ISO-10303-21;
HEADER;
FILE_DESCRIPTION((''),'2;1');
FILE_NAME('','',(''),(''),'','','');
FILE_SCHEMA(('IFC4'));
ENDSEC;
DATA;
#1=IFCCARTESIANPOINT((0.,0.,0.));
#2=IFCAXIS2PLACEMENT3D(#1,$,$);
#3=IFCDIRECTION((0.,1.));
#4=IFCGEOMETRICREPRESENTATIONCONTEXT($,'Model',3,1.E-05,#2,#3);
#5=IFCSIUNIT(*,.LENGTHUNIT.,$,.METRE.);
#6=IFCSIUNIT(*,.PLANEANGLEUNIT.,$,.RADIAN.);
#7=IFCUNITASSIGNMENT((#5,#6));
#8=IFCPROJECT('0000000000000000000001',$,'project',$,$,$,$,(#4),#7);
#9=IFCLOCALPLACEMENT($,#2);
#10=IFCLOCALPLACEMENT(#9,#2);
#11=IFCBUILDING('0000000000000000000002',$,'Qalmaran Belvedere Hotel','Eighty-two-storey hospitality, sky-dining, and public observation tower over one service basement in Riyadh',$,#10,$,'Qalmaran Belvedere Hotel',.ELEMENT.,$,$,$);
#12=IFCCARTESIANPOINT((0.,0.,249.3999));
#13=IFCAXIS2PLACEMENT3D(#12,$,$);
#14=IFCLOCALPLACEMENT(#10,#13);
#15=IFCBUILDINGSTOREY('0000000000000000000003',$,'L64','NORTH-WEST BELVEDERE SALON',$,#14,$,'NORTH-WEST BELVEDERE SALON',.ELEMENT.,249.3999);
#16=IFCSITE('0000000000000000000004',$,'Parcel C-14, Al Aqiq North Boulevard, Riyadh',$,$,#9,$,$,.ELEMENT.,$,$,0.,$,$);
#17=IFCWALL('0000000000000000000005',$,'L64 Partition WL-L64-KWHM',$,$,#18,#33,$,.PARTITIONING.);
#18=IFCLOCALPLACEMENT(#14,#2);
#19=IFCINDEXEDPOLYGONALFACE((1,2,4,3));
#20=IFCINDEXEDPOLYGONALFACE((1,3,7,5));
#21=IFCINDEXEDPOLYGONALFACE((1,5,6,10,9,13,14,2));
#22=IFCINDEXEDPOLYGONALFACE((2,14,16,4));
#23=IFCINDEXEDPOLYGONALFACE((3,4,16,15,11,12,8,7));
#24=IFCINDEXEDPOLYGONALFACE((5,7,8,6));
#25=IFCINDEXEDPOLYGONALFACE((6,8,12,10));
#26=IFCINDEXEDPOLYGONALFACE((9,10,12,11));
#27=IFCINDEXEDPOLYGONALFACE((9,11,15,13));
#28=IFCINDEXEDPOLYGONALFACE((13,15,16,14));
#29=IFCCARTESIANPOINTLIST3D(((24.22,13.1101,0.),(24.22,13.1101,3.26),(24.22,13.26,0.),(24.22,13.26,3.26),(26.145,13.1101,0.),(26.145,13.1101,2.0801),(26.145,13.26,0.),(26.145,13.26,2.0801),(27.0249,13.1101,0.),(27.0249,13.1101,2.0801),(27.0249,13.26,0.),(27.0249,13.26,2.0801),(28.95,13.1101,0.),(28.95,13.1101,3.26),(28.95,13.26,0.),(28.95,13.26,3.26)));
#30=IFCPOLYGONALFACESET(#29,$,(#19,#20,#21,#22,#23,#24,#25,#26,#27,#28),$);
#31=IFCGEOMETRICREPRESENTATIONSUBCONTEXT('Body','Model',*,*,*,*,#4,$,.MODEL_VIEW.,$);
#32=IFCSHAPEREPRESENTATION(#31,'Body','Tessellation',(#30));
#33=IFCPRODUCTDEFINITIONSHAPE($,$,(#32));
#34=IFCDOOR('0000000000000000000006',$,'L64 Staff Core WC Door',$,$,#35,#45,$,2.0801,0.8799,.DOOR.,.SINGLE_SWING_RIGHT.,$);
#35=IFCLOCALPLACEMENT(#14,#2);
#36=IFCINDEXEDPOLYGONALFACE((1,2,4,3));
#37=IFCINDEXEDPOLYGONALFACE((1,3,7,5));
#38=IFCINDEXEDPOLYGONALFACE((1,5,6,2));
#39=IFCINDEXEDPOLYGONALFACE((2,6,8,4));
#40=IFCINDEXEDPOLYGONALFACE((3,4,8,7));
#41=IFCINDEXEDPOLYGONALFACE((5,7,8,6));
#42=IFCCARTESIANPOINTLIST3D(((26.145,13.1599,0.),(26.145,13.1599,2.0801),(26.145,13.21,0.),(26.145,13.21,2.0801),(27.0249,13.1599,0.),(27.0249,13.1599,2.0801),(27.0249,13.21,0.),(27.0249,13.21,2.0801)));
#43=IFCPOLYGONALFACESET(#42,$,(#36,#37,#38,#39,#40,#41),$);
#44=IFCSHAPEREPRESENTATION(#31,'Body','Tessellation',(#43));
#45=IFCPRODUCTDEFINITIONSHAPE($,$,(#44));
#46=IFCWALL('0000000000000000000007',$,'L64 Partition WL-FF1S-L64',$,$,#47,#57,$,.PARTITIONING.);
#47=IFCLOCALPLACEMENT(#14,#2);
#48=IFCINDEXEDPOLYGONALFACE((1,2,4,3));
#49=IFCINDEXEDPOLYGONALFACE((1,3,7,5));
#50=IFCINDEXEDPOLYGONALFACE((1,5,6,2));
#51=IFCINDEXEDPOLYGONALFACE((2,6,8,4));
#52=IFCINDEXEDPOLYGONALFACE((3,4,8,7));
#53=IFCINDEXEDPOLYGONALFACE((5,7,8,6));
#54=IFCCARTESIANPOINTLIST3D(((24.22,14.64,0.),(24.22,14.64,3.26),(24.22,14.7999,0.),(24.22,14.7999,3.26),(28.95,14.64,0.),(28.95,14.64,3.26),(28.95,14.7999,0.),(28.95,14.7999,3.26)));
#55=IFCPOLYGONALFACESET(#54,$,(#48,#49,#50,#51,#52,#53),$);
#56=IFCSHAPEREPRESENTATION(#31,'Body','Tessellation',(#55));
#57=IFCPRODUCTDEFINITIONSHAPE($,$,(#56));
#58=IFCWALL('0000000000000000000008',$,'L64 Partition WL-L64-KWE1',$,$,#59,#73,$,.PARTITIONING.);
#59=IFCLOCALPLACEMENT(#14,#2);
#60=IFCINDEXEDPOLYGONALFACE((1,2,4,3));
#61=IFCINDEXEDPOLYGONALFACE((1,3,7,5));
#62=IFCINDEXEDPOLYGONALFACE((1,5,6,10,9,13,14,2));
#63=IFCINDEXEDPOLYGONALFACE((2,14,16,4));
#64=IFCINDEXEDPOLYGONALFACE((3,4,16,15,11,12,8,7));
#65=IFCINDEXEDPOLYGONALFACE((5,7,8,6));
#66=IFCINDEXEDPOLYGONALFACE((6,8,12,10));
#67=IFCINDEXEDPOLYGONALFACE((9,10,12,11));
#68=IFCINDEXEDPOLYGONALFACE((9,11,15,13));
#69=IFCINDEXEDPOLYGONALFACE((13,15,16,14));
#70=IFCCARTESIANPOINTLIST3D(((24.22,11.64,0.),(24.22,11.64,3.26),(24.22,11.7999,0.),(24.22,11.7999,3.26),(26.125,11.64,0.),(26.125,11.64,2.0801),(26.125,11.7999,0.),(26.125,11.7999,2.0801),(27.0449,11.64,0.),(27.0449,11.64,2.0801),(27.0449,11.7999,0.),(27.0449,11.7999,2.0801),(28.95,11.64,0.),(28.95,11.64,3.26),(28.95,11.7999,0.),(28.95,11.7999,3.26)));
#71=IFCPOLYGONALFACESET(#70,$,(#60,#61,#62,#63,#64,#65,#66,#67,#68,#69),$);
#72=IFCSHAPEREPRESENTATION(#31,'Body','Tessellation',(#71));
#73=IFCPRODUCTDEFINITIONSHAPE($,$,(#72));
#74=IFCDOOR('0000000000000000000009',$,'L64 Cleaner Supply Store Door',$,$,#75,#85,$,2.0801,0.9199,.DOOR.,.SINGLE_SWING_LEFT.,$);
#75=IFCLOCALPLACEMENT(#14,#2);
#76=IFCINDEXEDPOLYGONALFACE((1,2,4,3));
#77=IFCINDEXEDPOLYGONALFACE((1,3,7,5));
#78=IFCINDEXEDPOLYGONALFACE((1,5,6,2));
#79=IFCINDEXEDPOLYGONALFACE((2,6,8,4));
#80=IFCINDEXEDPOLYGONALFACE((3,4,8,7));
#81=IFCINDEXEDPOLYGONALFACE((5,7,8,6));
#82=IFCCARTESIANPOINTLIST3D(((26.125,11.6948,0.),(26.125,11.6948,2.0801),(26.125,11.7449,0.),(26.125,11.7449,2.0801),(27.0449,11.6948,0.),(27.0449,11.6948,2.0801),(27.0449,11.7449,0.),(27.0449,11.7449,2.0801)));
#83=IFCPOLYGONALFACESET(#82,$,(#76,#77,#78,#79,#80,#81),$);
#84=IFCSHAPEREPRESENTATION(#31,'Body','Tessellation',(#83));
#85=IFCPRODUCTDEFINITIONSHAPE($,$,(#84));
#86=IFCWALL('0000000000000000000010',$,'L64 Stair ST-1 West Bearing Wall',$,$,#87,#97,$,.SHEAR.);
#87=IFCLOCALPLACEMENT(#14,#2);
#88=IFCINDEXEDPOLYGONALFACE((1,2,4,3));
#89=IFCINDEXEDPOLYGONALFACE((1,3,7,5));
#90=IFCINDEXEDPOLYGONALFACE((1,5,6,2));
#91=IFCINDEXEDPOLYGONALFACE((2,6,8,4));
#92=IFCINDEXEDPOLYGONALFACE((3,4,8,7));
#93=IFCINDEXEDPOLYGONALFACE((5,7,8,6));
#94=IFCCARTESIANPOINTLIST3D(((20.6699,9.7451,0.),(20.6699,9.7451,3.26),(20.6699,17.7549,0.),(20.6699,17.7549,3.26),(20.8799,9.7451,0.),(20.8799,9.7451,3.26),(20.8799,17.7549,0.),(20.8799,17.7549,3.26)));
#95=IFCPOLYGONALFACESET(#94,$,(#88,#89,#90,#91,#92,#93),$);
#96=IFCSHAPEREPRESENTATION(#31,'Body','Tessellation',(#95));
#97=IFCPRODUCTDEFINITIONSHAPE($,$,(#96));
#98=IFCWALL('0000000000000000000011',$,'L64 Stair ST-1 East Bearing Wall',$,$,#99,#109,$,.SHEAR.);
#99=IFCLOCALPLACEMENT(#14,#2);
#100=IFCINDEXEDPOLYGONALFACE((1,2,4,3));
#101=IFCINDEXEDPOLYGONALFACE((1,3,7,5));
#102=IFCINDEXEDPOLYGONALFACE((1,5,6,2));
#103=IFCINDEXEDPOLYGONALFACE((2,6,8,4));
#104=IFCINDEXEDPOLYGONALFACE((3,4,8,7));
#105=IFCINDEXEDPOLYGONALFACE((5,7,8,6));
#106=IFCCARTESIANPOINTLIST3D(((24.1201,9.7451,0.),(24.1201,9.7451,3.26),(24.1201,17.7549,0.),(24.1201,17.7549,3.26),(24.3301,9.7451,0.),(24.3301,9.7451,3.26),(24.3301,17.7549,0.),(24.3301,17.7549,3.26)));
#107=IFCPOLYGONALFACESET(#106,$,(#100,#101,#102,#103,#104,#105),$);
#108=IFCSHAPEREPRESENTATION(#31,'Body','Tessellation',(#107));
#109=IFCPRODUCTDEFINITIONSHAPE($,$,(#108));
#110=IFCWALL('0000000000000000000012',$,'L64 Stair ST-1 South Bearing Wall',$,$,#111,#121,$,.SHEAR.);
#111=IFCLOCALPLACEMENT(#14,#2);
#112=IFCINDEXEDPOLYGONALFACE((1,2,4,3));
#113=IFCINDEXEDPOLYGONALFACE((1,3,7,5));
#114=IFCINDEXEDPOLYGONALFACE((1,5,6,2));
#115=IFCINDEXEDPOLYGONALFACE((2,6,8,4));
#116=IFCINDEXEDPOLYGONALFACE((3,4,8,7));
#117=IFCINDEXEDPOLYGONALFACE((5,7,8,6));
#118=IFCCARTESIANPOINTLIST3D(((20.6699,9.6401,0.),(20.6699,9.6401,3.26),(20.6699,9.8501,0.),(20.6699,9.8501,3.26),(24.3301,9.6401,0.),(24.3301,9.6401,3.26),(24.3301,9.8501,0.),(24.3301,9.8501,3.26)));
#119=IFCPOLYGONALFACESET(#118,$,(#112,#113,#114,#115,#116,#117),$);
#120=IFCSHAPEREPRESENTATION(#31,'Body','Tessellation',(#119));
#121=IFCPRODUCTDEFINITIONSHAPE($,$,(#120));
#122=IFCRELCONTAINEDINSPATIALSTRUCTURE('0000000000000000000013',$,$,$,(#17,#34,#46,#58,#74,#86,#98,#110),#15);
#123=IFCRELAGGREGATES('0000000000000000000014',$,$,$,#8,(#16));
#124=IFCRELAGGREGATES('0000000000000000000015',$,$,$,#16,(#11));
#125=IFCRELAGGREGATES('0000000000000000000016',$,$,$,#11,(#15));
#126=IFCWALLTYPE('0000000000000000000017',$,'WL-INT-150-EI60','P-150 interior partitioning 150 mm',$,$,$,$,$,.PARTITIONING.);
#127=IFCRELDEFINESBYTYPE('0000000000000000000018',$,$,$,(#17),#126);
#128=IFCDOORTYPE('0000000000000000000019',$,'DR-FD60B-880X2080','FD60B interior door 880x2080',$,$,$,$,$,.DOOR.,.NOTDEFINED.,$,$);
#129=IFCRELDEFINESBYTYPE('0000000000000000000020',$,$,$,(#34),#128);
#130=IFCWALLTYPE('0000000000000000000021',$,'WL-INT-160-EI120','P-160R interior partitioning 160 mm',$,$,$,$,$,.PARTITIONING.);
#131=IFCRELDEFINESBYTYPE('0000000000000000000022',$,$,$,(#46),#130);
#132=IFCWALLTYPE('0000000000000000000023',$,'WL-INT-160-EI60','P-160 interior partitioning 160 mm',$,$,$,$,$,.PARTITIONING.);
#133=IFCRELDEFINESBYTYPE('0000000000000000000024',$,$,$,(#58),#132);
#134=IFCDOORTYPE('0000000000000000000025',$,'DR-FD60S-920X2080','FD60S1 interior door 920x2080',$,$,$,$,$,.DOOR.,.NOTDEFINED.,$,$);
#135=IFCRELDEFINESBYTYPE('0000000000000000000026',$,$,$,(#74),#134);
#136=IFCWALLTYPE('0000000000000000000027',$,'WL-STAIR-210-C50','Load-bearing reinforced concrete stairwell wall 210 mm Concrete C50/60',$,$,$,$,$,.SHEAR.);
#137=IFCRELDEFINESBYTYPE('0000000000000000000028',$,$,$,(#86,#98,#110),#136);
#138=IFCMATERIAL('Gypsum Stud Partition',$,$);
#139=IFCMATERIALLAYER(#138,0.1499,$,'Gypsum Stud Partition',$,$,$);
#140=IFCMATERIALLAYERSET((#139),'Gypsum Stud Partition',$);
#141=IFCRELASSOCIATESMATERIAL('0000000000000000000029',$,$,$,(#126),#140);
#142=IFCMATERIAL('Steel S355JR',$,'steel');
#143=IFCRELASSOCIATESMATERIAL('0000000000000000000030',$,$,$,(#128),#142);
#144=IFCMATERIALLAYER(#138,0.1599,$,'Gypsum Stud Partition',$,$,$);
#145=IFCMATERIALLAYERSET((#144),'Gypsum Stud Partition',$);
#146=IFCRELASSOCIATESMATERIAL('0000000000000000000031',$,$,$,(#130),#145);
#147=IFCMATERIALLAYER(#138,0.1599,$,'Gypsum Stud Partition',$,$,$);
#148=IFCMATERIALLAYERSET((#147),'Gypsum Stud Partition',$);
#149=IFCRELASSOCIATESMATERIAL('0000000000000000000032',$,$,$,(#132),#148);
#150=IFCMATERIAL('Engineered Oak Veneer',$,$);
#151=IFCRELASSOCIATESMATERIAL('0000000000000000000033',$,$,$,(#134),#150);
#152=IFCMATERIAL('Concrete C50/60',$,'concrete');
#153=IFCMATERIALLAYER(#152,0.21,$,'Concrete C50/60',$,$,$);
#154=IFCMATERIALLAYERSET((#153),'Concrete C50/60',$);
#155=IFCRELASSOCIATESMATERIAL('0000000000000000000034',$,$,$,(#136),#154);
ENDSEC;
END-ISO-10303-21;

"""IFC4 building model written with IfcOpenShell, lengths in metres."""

from ifc_helpers import new_model, si_unit, direction, frame, frame_2d, origin, place, context, subcontext, project, spatial, rectangle, extrude, material, layer, layer_set, type_object, element, fill, save


model = new_model("IFC4")

# Units and contexts
model_context = context("Model", 3, precision=1e-05, world=origin(), true_north=direction((0.0, 1.0)))
body_context = subcontext(model_context, "Body", "Model", "MODEL_VIEW")
ifc_project = project(units=[si_unit("LENGTHUNIT", "METRE"), si_unit("PLANEANGLEUNIT", "RADIAN")], contexts=[model_context])

# Site, building, storey
site_placement = place(None, origin())
site = spatial("IfcSite", under=ifc_project, at=site_placement, Name="Parcel C-14, Al Aqiq North Boulevard, Riyadh", CompositionType="ELEMENT", RefElevation=0.0)
building_placement = place(site_placement, origin())
building = spatial("IfcBuilding", under=site, at=building_placement, Name="Qalmaran Belvedere Hotel", Description="Eighty-two-storey hospitality, sky-dining, and public observation tower over one service basement in Riyadh", LongName="Qalmaran Belvedere Hotel", CompositionType="ELEMENT")
storey_placement = place(building_placement, frame((0.0, 0.0, 249.3999)))
storey = spatial("IfcBuildingStorey", under=building, at=storey_placement, Name="L64", Description="NORTH-WEST BELVEDERE SALON", LongName="NORTH-WEST BELVEDERE SALON", CompositionType="ELEMENT", Elevation=249.3999)

# Wall, opening, door
ifc_material_1 = material(Name="Gypsum Stud Partition")
ifc_layer_1 = layer(ifc_material_1, 0.1499, Name="Gypsum Stud Partition")
ifc_layer_set_1 = layer_set([ifc_layer_1], Name="Gypsum Stud Partition")
wall_type_1 = type_object("IfcWallType", Name="WL-INT-150-EI60", Description="P-150 interior partitioning 150 mm", PredefinedType="PARTITIONING", material=ifc_layer_set_1)
wall_1_placement = place(storey_placement, frame((24.22, 13.1851, 0.0), z_axis=(0.0, 0.0, 1.0), x_axis=(1.0, 0.0, 0.0)))
wall_1 = element("IfcWall", 1, at=wall_1_placement, inside=storey, type_object=wall_type_1, Name="L64 Partition WL-L64-KWHM", PredefinedType="PARTITIONING", context=body_context, shape_type="SweptSolid", body=[
    extrude(rectangle(XDim=4.73, YDim=0.1499, at=frame_2d((2.365, 0.0))), origin(), (0.0, 0.0, 1.0), 3.26),
])
opening_1_placement = place(wall_1_placement, frame((1.925, 0.0, 0.0)))
opening_1 = element("IfcOpeningElement", 2, at=opening_1_placement, cuts=wall_1, PredefinedType="OPENING", context=body_context, shape_type="SweptSolid", body=[
    extrude(rectangle(XDim=0.8799, YDim=2.0801, at=frame_2d((0.4399, 1.04))), frame((0.0, 0.085, 0.0), z_axis=(0.0, -1.0, 0.0), x_axis=(1.0, 0.0, 0.0)), (0.0, 0.0, 1.0), 0.1699),
])
ifc_material_2 = material(Name="Steel S355JR", Category="steel")
door_type_1 = type_object("IfcDoorType", Name="DR-FD60B-880X2080", Description="FD60B interior door 880x2080", OperationType="NOTDEFINED", PredefinedType="DOOR", material=ifc_material_2)
door_1_placement = place(opening_1_placement, origin())
door_1 = element("IfcDoor", 3, at=door_1_placement, inside=storey, type_object=door_type_1, Name="L64 Staff Core WC Door", OperationType="SINGLE_SWING_RIGHT", OverallHeight=2.0801, OverallWidth=0.8799, PredefinedType="DOOR", context=body_context, shape_type="SweptSolid", body=[
    extrude(rectangle(XDim=0.8799, YDim=2.0801, at=frame_2d((0.4399, 1.04))), frame((0.0, 0.0249, 0.0), z_axis=(0.0, -1.0, 0.0), x_axis=(1.0, 0.0, 0.0)), (0.0, 0.0, 1.0), 0.05),
])
fill(opening_1, door_1)

# Wall
ifc_layer_2 = layer(ifc_material_1, 0.1599, Name="Gypsum Stud Partition")
ifc_layer_set_2 = layer_set([ifc_layer_2], Name="Gypsum Stud Partition")
wall_type_2 = type_object("IfcWallType", Name="WL-INT-160-EI120", Description="P-160R interior partitioning 160 mm", PredefinedType="PARTITIONING", material=ifc_layer_set_2)
wall_2_placement = place(storey_placement, frame((24.22, 14.72, 0.0), z_axis=(0.0, 0.0, 1.0), x_axis=(1.0, 0.0, 0.0)))
element("IfcWall", 4, at=wall_2_placement, inside=storey, type_object=wall_type_2, Name="L64 Partition WL-FF1S-L64", PredefinedType="PARTITIONING", context=body_context, shape_type="SweptSolid", body=[
    extrude(rectangle(XDim=4.73, YDim=0.1599, at=frame_2d((2.365, 0.0))), origin(), (0.0, 0.0, 1.0), 3.26),
])

# Wall, opening, door
ifc_layer_3 = layer(ifc_material_1, 0.1599, Name="Gypsum Stud Partition")
ifc_layer_set_3 = layer_set([ifc_layer_3], Name="Gypsum Stud Partition")
wall_type_3 = type_object("IfcWallType", Name="WL-INT-160-EI60", Description="P-160 interior partitioning 160 mm", PredefinedType="PARTITIONING", material=ifc_layer_set_3)
wall_3_placement = place(storey_placement, frame((24.22, 11.72, 0.0), z_axis=(0.0, 0.0, 1.0), x_axis=(1.0, 0.0, 0.0)))
wall_3 = element("IfcWall", 5, at=wall_3_placement, inside=storey, type_object=wall_type_3, Name="L64 Partition WL-L64-KWE1", PredefinedType="PARTITIONING", context=body_context, shape_type="SweptSolid", body=[
    extrude(rectangle(XDim=4.73, YDim=0.1599, at=frame_2d((2.365, 0.0))), origin(), (0.0, 0.0, 1.0), 3.26),
])
opening_2_placement = place(wall_3_placement, frame((1.905, 0.0, 0.0)))
opening_2 = element("IfcOpeningElement", 6, at=opening_2_placement, cuts=wall_3, PredefinedType="OPENING", context=body_context, shape_type="SweptSolid", body=[
    extrude(rectangle(XDim=0.9199, YDim=2.0801, at=frame_2d((0.46, 1.04))), frame((0.0, 0.0898, 0.0), z_axis=(0.0, -1.0, 0.0), x_axis=(1.0, 0.0, 0.0)), (0.0, 0.0, 1.0), 0.1799),
])
ifc_material_3 = material(Name="Engineered Oak Veneer")
door_type_2 = type_object("IfcDoorType", Name="DR-FD60S-920X2080", Description="FD60S1 interior door 920x2080", OperationType="NOTDEFINED", PredefinedType="DOOR", material=ifc_material_3)
door_2_placement = place(opening_2_placement, origin())
door_2 = element("IfcDoor", 7, at=door_2_placement, inside=storey, type_object=door_type_2, Name="L64 Cleaner Supply Store Door", OperationType="SINGLE_SWING_LEFT", OverallHeight=2.0801, OverallWidth=0.9199, PredefinedType="DOOR", context=body_context, shape_type="SweptSolid", body=[
    extrude(rectangle(XDim=0.9199, YDim=2.0801, at=frame_2d((0.46, 1.04))), frame((0.0, 0.0249, 0.0), z_axis=(0.0, -1.0, 0.0), x_axis=(1.0, 0.0, 0.0)), (0.0, 0.0, 1.0), 0.05),
])
fill(opening_2, door_2)

# Walls
ifc_material_4 = material(Name="Concrete C50/60", Category="concrete")
ifc_layer_4 = layer(ifc_material_4, 0.21, Name="Concrete C50/60")
ifc_layer_set_4 = layer_set([ifc_layer_4], Name="Concrete C50/60")
wall_type_4 = type_object("IfcWallType", Name="WL-STAIR-210-C50", Description="Load-bearing reinforced concrete stairwell wall 210 mm Concrete C50/60", PredefinedType="SHEAR", material=ifc_layer_set_4)
for number, where, z_axis, x_axis, name in (
    (8, (20.7749, 9.7451, 0.0), (0.0, 0.0, 1.0), (0.0, 1.0, 0.0), "L64 Stair ST-1 West Bearing Wall"),
    (9, (24.2251, 9.7451, 0.0), (0.0, 0.0, 1.0), (0.0, 1.0, 0.0), "L64 Stair ST-1 East Bearing Wall"),
):
    element("IfcWall", number, at=place(storey_placement, frame(where, z_axis=z_axis, x_axis=x_axis)), inside=storey, type_object=wall_type_4, Name=name, PredefinedType="SHEAR", context=body_context, shape_type="SweptSolid", body=[
        extrude(rectangle(XDim=8.0098, YDim=0.21, at=frame_2d((4.0049, 0.0))), origin(), (0.0, 0.0, 1.0), 3.26),
    ])
wall_4_placement = place(storey_placement, frame((20.6699, 9.7451, 0.0), z_axis=(0.0, 0.0, 1.0), x_axis=(1.0, 0.0, 0.0)))
element("IfcWall", 10, at=wall_4_placement, inside=storey, type_object=wall_type_4, Name="L64 Stair ST-1 South Bearing Wall", PredefinedType="SHEAR", context=body_context, shape_type="SweptSolid", body=[
    extrude(rectangle(XDim=3.6602, YDim=0.21, at=frame_2d((1.8301, 0.0))), origin(), (0.0, 0.0, 1.0), 3.26),
])

save(model, "model.ifc")
